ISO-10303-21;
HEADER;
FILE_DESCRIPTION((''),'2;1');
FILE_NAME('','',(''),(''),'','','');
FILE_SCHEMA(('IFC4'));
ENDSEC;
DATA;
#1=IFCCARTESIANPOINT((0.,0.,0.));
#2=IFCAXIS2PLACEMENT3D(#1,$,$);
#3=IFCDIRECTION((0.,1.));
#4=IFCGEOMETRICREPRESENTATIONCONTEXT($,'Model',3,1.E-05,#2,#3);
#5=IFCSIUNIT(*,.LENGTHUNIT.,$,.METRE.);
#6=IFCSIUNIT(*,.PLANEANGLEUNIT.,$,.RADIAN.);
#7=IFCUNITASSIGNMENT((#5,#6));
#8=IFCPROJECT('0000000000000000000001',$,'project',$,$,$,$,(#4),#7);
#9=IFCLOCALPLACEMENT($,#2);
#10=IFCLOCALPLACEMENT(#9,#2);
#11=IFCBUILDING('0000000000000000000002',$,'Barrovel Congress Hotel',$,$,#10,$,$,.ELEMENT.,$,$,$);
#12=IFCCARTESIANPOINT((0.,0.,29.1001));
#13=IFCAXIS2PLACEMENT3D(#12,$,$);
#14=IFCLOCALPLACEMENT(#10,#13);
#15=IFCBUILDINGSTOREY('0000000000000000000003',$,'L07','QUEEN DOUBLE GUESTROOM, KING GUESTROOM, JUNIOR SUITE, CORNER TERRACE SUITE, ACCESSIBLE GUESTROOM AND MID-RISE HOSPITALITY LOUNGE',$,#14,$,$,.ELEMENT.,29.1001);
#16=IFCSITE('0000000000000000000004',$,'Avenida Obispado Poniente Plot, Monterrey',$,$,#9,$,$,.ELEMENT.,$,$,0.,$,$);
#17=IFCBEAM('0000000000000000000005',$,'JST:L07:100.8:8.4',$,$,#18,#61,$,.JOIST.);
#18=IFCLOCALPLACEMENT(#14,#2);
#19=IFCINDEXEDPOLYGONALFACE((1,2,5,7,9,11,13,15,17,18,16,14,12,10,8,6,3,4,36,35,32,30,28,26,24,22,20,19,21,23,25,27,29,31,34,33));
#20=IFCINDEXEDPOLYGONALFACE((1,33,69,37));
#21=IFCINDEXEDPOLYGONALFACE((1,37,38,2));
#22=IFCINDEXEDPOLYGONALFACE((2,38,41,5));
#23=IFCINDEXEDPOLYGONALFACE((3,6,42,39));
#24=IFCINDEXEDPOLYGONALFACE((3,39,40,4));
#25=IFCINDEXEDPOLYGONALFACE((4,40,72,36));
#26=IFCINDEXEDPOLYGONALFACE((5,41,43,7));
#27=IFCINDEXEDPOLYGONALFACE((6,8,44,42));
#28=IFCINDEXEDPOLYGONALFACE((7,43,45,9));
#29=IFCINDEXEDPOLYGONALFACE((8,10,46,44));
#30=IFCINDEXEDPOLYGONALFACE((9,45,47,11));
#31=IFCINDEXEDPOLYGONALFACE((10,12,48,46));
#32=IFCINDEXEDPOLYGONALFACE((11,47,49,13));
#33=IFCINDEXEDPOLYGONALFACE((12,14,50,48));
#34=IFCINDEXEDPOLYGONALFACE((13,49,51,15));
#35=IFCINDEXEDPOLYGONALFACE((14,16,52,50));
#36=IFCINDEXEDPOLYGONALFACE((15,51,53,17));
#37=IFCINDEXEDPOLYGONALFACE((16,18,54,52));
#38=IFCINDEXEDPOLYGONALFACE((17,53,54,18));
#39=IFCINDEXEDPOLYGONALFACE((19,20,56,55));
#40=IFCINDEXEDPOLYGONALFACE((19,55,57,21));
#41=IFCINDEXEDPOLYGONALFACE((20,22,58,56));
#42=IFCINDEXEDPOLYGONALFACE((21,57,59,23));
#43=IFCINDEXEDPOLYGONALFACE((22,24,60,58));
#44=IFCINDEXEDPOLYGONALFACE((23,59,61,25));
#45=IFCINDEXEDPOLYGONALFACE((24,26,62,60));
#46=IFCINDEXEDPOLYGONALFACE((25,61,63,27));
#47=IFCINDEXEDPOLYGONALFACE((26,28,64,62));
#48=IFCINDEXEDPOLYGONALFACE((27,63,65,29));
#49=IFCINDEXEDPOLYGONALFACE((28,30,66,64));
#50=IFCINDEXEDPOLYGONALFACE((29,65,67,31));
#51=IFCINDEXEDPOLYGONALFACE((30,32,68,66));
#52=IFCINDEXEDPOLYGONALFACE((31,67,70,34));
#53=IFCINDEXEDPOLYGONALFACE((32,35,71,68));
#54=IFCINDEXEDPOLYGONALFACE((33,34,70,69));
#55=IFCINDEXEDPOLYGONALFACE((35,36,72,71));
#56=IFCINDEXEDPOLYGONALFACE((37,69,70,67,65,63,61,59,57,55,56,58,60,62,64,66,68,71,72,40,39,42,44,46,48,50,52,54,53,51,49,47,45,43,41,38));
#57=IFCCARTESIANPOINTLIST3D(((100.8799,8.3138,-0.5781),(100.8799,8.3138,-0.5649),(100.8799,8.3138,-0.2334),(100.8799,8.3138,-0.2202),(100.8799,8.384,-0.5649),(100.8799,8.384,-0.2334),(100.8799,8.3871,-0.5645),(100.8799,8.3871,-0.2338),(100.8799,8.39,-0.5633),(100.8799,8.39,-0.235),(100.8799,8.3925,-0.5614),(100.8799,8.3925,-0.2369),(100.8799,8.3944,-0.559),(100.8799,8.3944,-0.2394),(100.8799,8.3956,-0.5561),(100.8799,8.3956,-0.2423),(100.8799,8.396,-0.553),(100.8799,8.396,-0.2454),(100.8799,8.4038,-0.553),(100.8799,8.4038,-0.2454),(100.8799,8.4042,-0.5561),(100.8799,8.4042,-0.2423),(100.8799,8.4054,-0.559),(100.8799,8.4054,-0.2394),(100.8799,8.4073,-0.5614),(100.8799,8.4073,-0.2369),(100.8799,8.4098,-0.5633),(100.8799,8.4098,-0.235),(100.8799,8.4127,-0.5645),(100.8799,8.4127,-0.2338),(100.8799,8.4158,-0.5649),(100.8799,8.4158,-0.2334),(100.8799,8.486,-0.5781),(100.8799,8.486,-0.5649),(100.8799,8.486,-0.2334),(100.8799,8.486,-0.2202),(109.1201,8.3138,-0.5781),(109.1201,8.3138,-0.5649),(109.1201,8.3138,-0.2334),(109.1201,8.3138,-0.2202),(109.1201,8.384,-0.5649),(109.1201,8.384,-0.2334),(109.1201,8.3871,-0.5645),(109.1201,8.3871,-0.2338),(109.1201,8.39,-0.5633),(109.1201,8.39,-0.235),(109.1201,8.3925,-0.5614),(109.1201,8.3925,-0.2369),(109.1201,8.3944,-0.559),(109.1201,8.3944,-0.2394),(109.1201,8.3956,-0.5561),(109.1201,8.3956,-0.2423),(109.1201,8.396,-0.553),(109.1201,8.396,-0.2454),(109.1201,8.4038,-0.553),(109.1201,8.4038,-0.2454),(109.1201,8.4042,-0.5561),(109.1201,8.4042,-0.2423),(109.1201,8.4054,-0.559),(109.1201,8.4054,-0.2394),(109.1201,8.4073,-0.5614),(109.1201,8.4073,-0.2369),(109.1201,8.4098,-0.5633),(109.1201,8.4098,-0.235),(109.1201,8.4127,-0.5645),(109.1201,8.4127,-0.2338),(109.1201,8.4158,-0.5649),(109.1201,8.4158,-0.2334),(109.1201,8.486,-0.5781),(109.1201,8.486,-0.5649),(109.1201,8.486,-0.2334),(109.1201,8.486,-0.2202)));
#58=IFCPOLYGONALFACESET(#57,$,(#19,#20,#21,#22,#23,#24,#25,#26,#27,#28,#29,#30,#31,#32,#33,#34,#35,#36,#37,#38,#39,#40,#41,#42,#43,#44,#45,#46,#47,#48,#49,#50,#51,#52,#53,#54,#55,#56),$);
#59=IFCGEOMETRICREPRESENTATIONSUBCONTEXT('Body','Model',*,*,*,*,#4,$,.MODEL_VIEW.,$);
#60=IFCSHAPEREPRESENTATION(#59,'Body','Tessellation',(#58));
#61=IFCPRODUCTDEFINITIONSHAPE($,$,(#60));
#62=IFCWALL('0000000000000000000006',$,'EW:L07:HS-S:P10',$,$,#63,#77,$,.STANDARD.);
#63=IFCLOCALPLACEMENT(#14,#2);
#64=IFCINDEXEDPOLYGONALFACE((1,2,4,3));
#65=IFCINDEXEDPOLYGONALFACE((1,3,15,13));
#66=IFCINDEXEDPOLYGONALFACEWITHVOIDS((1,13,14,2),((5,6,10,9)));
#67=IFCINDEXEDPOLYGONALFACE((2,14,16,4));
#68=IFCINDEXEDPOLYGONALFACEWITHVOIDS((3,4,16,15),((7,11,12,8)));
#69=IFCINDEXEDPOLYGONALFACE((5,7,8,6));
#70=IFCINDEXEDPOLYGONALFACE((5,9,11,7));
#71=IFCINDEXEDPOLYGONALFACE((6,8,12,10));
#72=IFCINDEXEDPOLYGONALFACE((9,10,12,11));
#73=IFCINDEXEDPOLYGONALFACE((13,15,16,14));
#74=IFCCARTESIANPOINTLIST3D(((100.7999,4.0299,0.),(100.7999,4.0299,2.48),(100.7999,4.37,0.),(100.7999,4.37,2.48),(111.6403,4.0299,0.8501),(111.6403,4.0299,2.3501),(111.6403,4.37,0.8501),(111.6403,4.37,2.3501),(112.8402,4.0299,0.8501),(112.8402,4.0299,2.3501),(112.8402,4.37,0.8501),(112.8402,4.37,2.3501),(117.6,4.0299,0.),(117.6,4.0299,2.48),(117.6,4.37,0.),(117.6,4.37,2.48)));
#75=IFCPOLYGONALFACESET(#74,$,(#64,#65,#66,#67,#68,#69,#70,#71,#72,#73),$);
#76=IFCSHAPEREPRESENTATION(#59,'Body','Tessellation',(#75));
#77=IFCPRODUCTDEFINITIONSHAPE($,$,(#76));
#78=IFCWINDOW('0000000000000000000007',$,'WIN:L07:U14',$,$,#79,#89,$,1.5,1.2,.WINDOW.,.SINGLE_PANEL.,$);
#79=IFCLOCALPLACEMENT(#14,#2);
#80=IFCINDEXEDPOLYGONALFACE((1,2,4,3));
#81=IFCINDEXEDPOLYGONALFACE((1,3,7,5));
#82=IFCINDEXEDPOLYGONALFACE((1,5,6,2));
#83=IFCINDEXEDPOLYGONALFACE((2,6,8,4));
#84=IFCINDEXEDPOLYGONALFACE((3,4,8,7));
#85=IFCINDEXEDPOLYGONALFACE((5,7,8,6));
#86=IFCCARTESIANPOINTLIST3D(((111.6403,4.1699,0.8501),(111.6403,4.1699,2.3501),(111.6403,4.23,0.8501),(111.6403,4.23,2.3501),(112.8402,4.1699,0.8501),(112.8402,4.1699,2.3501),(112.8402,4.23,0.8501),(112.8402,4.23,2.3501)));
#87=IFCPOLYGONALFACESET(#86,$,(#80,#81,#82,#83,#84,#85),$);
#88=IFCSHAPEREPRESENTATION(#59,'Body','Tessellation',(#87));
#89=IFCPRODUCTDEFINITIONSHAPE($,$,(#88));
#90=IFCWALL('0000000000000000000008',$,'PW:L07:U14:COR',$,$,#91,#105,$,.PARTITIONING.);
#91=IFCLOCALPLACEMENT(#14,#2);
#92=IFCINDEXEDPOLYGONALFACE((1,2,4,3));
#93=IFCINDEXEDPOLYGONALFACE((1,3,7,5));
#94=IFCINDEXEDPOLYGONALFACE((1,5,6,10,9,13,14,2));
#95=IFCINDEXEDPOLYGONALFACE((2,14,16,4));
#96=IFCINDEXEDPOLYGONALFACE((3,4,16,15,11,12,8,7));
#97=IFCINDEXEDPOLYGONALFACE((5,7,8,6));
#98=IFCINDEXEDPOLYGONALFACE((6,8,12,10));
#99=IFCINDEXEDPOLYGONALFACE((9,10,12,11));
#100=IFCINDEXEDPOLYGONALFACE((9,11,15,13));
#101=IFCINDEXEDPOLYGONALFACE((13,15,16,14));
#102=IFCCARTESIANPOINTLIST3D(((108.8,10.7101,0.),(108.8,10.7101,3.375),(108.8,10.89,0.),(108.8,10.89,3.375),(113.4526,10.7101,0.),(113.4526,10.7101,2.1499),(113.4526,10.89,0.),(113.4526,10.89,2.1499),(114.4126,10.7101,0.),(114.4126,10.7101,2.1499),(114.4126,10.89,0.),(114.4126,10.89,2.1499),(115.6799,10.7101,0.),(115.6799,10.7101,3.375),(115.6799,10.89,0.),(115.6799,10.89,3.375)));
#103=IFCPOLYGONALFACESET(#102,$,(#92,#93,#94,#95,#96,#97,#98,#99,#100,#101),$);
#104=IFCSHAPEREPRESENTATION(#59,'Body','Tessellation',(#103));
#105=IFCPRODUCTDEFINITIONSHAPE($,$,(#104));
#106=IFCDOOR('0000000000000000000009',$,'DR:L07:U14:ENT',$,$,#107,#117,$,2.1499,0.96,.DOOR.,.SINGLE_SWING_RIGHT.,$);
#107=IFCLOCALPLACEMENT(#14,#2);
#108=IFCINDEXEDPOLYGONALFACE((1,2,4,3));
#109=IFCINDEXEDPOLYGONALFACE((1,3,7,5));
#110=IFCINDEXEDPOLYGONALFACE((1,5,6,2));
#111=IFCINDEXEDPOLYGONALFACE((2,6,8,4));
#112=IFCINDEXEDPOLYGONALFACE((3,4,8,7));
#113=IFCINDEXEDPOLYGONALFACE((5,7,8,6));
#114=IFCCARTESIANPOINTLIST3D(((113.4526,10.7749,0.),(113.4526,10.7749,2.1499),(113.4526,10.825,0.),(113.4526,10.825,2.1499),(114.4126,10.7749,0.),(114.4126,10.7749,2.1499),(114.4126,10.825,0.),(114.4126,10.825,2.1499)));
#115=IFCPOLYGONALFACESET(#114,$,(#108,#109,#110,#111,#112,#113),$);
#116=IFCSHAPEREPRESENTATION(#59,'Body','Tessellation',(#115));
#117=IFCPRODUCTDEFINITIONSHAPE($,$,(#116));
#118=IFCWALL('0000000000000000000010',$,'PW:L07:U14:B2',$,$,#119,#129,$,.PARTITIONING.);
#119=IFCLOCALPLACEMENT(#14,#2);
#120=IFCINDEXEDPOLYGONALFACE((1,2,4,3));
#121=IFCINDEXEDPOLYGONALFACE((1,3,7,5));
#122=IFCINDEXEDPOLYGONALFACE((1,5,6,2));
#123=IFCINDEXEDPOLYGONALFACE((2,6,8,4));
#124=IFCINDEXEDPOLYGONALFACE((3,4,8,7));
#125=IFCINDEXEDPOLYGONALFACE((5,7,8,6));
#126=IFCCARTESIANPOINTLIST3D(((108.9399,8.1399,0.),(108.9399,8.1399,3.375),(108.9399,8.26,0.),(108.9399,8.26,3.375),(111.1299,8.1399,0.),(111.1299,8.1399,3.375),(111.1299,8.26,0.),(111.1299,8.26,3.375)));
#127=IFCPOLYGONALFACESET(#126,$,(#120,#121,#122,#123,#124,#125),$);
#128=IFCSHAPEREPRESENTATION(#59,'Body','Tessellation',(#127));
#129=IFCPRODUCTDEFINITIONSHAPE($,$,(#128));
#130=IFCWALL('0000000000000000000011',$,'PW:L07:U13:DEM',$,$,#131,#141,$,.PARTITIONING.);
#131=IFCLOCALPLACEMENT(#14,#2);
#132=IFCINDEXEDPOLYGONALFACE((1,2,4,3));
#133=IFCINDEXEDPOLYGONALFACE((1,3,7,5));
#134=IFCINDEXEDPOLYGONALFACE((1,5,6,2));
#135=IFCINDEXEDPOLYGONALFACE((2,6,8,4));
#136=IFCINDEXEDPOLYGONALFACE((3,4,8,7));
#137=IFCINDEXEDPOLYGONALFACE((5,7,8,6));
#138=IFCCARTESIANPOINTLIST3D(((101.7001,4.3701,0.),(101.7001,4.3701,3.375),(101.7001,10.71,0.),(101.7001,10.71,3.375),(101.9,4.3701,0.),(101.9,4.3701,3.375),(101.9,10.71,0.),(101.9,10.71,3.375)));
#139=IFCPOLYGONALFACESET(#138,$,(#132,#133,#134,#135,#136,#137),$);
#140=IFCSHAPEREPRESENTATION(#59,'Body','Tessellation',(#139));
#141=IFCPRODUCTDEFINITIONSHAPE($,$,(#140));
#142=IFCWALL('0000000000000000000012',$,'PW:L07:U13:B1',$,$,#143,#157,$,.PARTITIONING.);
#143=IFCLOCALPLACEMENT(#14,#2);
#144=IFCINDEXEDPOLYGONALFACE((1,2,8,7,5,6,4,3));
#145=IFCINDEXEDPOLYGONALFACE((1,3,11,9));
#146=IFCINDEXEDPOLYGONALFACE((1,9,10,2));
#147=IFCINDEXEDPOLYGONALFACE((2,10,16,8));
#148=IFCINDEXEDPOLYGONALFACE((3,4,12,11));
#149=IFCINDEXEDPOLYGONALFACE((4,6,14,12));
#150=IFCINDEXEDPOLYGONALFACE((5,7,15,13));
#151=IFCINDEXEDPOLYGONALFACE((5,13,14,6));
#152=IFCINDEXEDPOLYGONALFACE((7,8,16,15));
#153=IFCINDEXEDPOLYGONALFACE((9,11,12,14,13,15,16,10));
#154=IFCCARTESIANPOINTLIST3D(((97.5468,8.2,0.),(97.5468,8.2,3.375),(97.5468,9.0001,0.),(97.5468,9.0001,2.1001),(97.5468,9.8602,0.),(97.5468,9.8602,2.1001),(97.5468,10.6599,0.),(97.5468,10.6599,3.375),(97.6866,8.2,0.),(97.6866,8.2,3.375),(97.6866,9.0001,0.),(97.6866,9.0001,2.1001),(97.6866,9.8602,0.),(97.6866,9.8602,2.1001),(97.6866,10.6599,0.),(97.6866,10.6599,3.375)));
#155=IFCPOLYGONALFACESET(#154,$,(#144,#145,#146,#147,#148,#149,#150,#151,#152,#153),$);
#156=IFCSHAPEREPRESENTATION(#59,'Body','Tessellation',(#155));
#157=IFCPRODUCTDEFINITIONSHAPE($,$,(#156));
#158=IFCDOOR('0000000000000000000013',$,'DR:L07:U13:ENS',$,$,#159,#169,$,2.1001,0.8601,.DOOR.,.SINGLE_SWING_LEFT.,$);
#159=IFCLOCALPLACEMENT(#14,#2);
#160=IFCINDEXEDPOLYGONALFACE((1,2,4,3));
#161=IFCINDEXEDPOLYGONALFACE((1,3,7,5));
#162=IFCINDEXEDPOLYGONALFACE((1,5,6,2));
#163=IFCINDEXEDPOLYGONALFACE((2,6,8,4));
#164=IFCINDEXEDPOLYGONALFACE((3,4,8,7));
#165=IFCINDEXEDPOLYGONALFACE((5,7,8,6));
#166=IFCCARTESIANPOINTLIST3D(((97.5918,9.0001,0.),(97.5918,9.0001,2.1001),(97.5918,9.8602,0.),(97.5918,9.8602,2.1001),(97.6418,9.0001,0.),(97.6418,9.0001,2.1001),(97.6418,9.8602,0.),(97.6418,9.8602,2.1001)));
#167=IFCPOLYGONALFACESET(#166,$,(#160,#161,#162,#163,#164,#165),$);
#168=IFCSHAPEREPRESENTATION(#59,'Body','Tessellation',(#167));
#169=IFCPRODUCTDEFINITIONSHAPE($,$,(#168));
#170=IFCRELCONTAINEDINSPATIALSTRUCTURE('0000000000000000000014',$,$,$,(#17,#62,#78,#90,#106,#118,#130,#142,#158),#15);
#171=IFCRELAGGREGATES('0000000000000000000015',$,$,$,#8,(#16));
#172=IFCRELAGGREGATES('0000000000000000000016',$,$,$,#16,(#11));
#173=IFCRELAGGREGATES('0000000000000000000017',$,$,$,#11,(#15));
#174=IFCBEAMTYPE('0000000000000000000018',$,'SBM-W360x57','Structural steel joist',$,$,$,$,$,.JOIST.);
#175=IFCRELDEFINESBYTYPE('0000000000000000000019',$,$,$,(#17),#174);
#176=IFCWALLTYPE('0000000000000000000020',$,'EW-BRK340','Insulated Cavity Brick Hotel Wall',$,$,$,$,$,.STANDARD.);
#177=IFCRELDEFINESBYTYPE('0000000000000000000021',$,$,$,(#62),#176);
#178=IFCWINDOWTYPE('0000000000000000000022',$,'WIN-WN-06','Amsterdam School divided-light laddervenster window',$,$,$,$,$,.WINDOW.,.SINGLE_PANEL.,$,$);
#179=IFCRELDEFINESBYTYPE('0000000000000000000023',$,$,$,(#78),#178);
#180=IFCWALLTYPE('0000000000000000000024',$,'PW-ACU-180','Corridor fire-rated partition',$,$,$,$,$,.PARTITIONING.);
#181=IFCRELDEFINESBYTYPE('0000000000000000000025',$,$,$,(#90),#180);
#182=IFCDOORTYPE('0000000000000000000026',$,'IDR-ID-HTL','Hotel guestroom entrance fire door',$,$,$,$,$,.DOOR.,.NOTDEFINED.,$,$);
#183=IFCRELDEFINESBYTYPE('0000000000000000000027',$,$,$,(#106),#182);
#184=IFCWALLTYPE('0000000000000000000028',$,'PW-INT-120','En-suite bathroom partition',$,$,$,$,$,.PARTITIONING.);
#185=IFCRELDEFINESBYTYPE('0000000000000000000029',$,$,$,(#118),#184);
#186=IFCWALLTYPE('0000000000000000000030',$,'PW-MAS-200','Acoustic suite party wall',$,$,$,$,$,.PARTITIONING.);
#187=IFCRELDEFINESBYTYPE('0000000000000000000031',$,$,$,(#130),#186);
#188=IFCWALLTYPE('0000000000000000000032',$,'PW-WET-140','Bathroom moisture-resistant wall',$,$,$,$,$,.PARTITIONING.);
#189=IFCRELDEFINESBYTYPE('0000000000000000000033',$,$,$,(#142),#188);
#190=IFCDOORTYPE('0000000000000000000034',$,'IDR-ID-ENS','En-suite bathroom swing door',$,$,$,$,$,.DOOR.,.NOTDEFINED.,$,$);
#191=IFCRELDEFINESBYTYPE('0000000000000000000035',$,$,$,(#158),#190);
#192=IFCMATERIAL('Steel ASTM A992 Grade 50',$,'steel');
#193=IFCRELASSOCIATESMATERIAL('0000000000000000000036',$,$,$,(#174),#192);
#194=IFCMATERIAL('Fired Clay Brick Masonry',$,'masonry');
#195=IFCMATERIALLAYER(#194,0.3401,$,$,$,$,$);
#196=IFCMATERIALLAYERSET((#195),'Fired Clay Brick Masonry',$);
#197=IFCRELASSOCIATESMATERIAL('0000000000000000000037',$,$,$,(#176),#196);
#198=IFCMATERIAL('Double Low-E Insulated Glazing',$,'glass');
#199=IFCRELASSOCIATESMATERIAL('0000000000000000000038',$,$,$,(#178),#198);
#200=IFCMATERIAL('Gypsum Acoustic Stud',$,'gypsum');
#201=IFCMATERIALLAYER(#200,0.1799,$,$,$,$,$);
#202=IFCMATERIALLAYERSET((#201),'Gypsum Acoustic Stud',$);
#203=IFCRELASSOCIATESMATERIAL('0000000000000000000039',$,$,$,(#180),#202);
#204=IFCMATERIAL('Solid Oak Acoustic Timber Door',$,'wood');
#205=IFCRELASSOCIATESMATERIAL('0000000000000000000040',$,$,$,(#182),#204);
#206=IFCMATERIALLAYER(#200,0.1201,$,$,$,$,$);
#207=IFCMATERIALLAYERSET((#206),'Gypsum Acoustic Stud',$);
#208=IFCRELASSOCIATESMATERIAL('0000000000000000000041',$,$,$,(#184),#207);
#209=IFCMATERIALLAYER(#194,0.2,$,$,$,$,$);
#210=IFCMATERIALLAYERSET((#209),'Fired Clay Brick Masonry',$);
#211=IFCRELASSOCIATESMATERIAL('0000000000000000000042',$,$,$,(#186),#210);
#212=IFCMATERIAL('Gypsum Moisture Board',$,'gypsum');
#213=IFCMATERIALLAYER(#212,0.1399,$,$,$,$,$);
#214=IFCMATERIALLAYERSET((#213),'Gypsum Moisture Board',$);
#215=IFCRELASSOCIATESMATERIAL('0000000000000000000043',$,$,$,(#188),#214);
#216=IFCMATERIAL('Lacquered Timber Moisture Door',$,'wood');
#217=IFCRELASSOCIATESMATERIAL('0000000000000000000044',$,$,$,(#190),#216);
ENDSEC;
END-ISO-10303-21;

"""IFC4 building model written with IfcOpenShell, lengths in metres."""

from ifc_helpers import new_model, si_unit, direction, frame, frame_2d, origin, origin_2d, place, context, subcontext, project, spatial, rectangle, i_section, extrude, material, layer, layer_set, material_profile, profile_set, type_object, element, fill, save


model = new_model("IFC4")

# Units and contexts
model_context = context("Model", 3, precision=1e-05, world=origin(), true_north=direction((0.0, 1.0)))
body_context = subcontext(model_context, "Body", "Model", "MODEL_VIEW")
ifc_project = project(units=[si_unit("LENGTHUNIT", "METRE"), si_unit("PLANEANGLEUNIT", "RADIAN")], contexts=[model_context])

# Site, building, storey
site_placement = place(None, origin())
site = spatial("IfcSite", under=ifc_project, at=site_placement, Name="Avenida Obispado Poniente Plot, Monterrey", CompositionType="ELEMENT", RefElevation=0.0)
building_placement = place(site_placement, origin())
building = spatial("IfcBuilding", under=site, at=building_placement, Name="Barrovel Congress Hotel", CompositionType="ELEMENT")
storey_placement = place(building_placement, frame((0.0, 0.0, 29.1001)))
storey = spatial("IfcBuildingStorey", under=building, at=storey_placement, Name="L07", Description="QUEEN DOUBLE GUESTROOM, KING GUESTROOM, JUNIOR SUITE, CORNER TERRACE SUITE, ACCESSIBLE GUESTROOM AND MID-RISE HOSPITALITY LOUNGE", CompositionType="ELEMENT", Elevation=29.1001)

# Beam
ifc_material_1 = material(Name="Steel ASTM A992 Grade 50", Category="steel")
ifc_material_profile_1 = material_profile(ifc_material_1, i_section(OverallWidth=0.1721, OverallDepth=0.3579, WebThickness=0.0078, FlangeThickness=0.0132, FilletRadius=0.012, at=origin_2d()), Name="W360x57")
ifc_profile_set_1 = profile_set([ifc_material_profile_1], Name="Steel ASTM A992 Grade 50")
beam_type_1 = type_object("IfcBeamType", Name="SBM-W360x57", Description="Structural steel joist", PredefinedType="JOIST", material=ifc_profile_set_1)
beam_1_placement = place(storey_placement, frame((100.8799, 8.3999, -0.3992), z_axis=(1.0, 0.0, 0.0), x_axis=(0.0, 1.0, 0.0)))
element("IfcBeam", 1, at=beam_1_placement, inside=storey, type_object=beam_type_1, Name="JST:L07:100.8:8.4", PredefinedType="JOIST", context=body_context, shape_type="SweptSolid", body=[
    extrude(i_section(OverallWidth=0.1721, OverallDepth=0.3579, WebThickness=0.0078, FlangeThickness=0.0132, FilletRadius=0.012, at=origin_2d()), origin(), (0.0, 0.0, 1.0), 8.2402),
])

# Wall, opening, window
ifc_material_2 = material(Name="Fired Clay Brick Masonry", Category="masonry")
ifc_layer_1 = layer(ifc_material_2, 0.3401)
ifc_layer_set_1 = layer_set([ifc_layer_1], Name="Fired Clay Brick Masonry")
wall_type_1 = type_object("IfcWallType", Name="EW-BRK340", Description="Insulated Cavity Brick Hotel Wall", PredefinedType="STANDARD", material=ifc_layer_set_1)
wall_1_placement = place(storey_placement, frame((100.8, 4.2, 0.0), z_axis=(0.0, 0.0, 1.0), x_axis=(1.0, 0.0, 0.0)))
wall_1 = element("IfcWall", 2, at=wall_1_placement, inside=storey, type_object=wall_type_1, Name="EW:L07:HS-S:P10", PredefinedType="STANDARD", context=body_context, shape_type="SweptSolid", body=[
    extrude(rectangle(XDim=16.8, YDim=0.3401, at=frame_2d((8.3999, 0.0))), origin(), (0.0, 0.0, 1.0), 2.48),
])
opening_1_placement = place(wall_1_placement, frame((10.8401, 0.0, 0.8501)))
opening_1 = element("IfcOpeningElement", 3, at=opening_1_placement, cuts=wall_1, PredefinedType="OPENING", context=body_context, shape_type="SweptSolid", body=[
    extrude(rectangle(XDim=1.2, YDim=1.5, at=frame_2d((0.6001, 0.75))), frame((0.0, 0.1802, 0.0), z_axis=(0.0, -1.0, 0.0), x_axis=(1.0, 0.0, 0.0)), (0.0, 0.0, 1.0), 0.3601),
])
ifc_material_3 = material(Name="Double Low-E Insulated Glazing", Category="glass")
window_type = type_object("IfcWindowType", Name="WIN-WN-06", Description="Amsterdam School divided-light laddervenster window", PartitioningType="SINGLE_PANEL", PredefinedType="WINDOW", material=ifc_material_3)
window_placement = place(opening_1_placement, origin())
window = element("IfcWindow", 4, at=window_placement, inside=storey, type_object=window_type, Name="WIN:L07:U14", OverallHeight=1.5, OverallWidth=1.2, PartitioningType="SINGLE_PANEL", PredefinedType="WINDOW", context=body_context, shape_type="SweptSolid", body=[
    extrude(rectangle(XDim=1.2, YDim=1.5, at=frame_2d((0.6001, 0.75))), frame((0.0, 0.03, 0.0), z_axis=(0.0, -1.0, 0.0), x_axis=(1.0, 0.0, 0.0)), (0.0, 0.0, 1.0), 0.0601),
])
fill(opening_1, window)

# Wall, opening, door
ifc_material_4 = material(Name="Gypsum Acoustic Stud", Category="gypsum")
ifc_layer_2 = layer(ifc_material_4, 0.1799)
ifc_layer_set_2 = layer_set([ifc_layer_2], Name="Gypsum Acoustic Stud")
wall_type_2 = type_object("IfcWallType", Name="PW-ACU-180", Description="Corridor fire-rated partition", PredefinedType="PARTITIONING", material=ifc_layer_set_2)
wall_2_placement = place(storey_placement, frame((108.8, 10.8, 0.0), z_axis=(0.0, 0.0, 1.0), x_axis=(1.0, 0.0, 0.0)))
wall_2 = element("IfcWall", 5, at=wall_2_placement, inside=storey, type_object=wall_type_2, Name="PW:L07:U14:COR", PredefinedType="PARTITIONING", context=body_context, shape_type="SweptSolid", body=[
    extrude(rectangle(XDim=6.8799, YDim=0.1799, at=frame_2d((3.4399, 0.0))), origin(), (0.0, 0.0, 1.0), 3.375),
])
opening_2_placement = place(wall_2_placement, frame((4.6526, 0.0, 0.0)))
opening_2 = element("IfcOpeningElement", 6, at=opening_2_placement, cuts=wall_2, PredefinedType="OPENING", context=body_context, shape_type="SweptSolid", body=[
    extrude(rectangle(XDim=0.96, YDim=2.1499, at=frame_2d((0.48, 1.075))), frame((0.0, 0.1001, 0.0), z_axis=(0.0, -1.0, 0.0), x_axis=(1.0, 0.0, 0.0)), (0.0, 0.0, 1.0), 0.2),
])
ifc_material_5 = material(Name="Solid Oak Acoustic Timber Door", Category="wood")
door_type_1 = type_object("IfcDoorType", Name="IDR-ID-HTL", Description="Hotel guestroom entrance fire door", OperationType="NOTDEFINED", PredefinedType="DOOR", material=ifc_material_5)
door_1_placement = place(opening_2_placement, origin())
door_1 = element("IfcDoor", 7, at=door_1_placement, inside=storey, type_object=door_type_1, Name="DR:L07:U14:ENT", OperationType="SINGLE_SWING_RIGHT", OverallHeight=2.1499, OverallWidth=0.96, PredefinedType="DOOR", context=body_context, shape_type="SweptSolid", body=[
    extrude(rectangle(XDim=0.96, YDim=2.1499, at=frame_2d((0.48, 1.075))), frame((0.0, 0.0249, 0.0), z_axis=(0.0, -1.0, 0.0), x_axis=(1.0, 0.0, 0.0)), (0.0, 0.0, 1.0), 0.05),
])
fill(opening_2, door_1)

# Walls
ifc_layer_3 = layer(ifc_material_4, 0.1201)
ifc_layer_set_3 = layer_set([ifc_layer_3], Name="Gypsum Acoustic Stud")
wall_type_3 = type_object("IfcWallType", Name="PW-INT-120", Description="En-suite bathroom partition", PredefinedType="PARTITIONING", material=ifc_layer_set_3)
wall_3_placement = place(storey_placement, frame((108.9399, 8.2, 0.0), z_axis=(0.0, 0.0, 1.0), x_axis=(1.0, 0.0, 0.0)))
element("IfcWall", 8, at=wall_3_placement, inside=storey, type_object=wall_type_3, Name="PW:L07:U14:B2", PredefinedType="PARTITIONING", context=body_context, shape_type="SweptSolid", body=[
    extrude(rectangle(XDim=2.1899, YDim=0.1201, at=frame_2d((1.095, 0.0))), origin(), (0.0, 0.0, 1.0), 3.375),
])
ifc_layer_4 = layer(ifc_material_2, 0.2)
ifc_layer_set_4 = layer_set([ifc_layer_4], Name="Fired Clay Brick Masonry")
wall_type_4 = type_object("IfcWallType", Name="PW-MAS-200", Description="Acoustic suite party wall", PredefinedType="PARTITIONING", material=ifc_layer_set_4)
wall_4_placement = place(storey_placement, frame((101.8, 4.3701, 0.0), z_axis=(0.0, 0.0, 1.0), x_axis=(0.0, 1.0, 0.0)))
element("IfcWall", 9, at=wall_4_placement, inside=storey, type_object=wall_type_4, Name="PW:L07:U13:DEM", PredefinedType="PARTITIONING", context=body_context, shape_type="SweptSolid", body=[
    extrude(rectangle(XDim=6.3398, YDim=0.2, at=frame_2d((3.1699, 0.0))), origin(), (0.0, 0.0, 1.0), 3.375),
])

# Wall, opening, door
ifc_material_6 = material(Name="Gypsum Moisture Board", Category="gypsum")
ifc_layer_5 = layer(ifc_material_6, 0.1399)
ifc_layer_set_5 = layer_set([ifc_layer_5], Name="Gypsum Moisture Board")
wall_type_5 = type_object("IfcWallType", Name="PW-WET-140", Description="Bathroom moisture-resistant wall", PredefinedType="PARTITIONING", material=ifc_layer_set_5)
wall_5_placement = place(storey_placement, frame((97.6167, 8.2, 0.0), z_axis=(0.0, 0.0, 1.0), x_axis=(0.0, 1.0, 0.0)))
wall_5 = element("IfcWall", 10, at=wall_5_placement, inside=storey, type_object=wall_type_5, Name="PW:L07:U13:B1", PredefinedType="PARTITIONING", context=body_context, shape_type="SweptSolid", body=[
    extrude(rectangle(XDim=2.46, YDim=0.1399, at=frame_2d((1.23, 0.0))), origin(), (0.0, 0.0, 1.0), 3.375),
])
opening_3_placement = place(wall_5_placement, frame((0.8, 0.0, 0.0)))
opening_3 = element("IfcOpeningElement", 11, at=opening_3_placement, cuts=wall_5, PredefinedType="OPENING", context=body_context, shape_type="SweptSolid", body=[
    extrude(rectangle(XDim=0.8601, YDim=2.1001, at=frame_2d((0.4302, 1.05))), frame((0.0, 0.0801, 0.0), z_axis=(0.0, -1.0, 0.0), x_axis=(1.0, 0.0, 0.0)), (0.0, 0.0, 1.0), 0.1599),
])
ifc_material_7 = material(Name="Lacquered Timber Moisture Door", Category="wood")
door_type_2 = type_object("IfcDoorType", Name="IDR-ID-ENS", Description="En-suite bathroom swing door", OperationType="NOTDEFINED", PredefinedType="DOOR", material=ifc_material_7)
door_2_placement = place(opening_3_placement, origin())
door_2 = element("IfcDoor", 12, at=door_2_placement, inside=storey, type_object=door_type_2, Name="DR:L07:U13:ENS", OperationType="SINGLE_SWING_LEFT", OverallHeight=2.1001, OverallWidth=0.8601, PredefinedType="DOOR", context=body_context, shape_type="SweptSolid", body=[
    extrude(rectangle(XDim=0.8601, YDim=2.1001, at=frame_2d((0.4302, 1.05))), frame((0.0, 0.0249, 0.0), z_axis=(0.0, -1.0, 0.0), x_axis=(1.0, 0.0, 0.0)), (0.0, 0.0, 1.0), 0.05),
])
fill(opening_3, door_2)

save(model, "model.ifc")
